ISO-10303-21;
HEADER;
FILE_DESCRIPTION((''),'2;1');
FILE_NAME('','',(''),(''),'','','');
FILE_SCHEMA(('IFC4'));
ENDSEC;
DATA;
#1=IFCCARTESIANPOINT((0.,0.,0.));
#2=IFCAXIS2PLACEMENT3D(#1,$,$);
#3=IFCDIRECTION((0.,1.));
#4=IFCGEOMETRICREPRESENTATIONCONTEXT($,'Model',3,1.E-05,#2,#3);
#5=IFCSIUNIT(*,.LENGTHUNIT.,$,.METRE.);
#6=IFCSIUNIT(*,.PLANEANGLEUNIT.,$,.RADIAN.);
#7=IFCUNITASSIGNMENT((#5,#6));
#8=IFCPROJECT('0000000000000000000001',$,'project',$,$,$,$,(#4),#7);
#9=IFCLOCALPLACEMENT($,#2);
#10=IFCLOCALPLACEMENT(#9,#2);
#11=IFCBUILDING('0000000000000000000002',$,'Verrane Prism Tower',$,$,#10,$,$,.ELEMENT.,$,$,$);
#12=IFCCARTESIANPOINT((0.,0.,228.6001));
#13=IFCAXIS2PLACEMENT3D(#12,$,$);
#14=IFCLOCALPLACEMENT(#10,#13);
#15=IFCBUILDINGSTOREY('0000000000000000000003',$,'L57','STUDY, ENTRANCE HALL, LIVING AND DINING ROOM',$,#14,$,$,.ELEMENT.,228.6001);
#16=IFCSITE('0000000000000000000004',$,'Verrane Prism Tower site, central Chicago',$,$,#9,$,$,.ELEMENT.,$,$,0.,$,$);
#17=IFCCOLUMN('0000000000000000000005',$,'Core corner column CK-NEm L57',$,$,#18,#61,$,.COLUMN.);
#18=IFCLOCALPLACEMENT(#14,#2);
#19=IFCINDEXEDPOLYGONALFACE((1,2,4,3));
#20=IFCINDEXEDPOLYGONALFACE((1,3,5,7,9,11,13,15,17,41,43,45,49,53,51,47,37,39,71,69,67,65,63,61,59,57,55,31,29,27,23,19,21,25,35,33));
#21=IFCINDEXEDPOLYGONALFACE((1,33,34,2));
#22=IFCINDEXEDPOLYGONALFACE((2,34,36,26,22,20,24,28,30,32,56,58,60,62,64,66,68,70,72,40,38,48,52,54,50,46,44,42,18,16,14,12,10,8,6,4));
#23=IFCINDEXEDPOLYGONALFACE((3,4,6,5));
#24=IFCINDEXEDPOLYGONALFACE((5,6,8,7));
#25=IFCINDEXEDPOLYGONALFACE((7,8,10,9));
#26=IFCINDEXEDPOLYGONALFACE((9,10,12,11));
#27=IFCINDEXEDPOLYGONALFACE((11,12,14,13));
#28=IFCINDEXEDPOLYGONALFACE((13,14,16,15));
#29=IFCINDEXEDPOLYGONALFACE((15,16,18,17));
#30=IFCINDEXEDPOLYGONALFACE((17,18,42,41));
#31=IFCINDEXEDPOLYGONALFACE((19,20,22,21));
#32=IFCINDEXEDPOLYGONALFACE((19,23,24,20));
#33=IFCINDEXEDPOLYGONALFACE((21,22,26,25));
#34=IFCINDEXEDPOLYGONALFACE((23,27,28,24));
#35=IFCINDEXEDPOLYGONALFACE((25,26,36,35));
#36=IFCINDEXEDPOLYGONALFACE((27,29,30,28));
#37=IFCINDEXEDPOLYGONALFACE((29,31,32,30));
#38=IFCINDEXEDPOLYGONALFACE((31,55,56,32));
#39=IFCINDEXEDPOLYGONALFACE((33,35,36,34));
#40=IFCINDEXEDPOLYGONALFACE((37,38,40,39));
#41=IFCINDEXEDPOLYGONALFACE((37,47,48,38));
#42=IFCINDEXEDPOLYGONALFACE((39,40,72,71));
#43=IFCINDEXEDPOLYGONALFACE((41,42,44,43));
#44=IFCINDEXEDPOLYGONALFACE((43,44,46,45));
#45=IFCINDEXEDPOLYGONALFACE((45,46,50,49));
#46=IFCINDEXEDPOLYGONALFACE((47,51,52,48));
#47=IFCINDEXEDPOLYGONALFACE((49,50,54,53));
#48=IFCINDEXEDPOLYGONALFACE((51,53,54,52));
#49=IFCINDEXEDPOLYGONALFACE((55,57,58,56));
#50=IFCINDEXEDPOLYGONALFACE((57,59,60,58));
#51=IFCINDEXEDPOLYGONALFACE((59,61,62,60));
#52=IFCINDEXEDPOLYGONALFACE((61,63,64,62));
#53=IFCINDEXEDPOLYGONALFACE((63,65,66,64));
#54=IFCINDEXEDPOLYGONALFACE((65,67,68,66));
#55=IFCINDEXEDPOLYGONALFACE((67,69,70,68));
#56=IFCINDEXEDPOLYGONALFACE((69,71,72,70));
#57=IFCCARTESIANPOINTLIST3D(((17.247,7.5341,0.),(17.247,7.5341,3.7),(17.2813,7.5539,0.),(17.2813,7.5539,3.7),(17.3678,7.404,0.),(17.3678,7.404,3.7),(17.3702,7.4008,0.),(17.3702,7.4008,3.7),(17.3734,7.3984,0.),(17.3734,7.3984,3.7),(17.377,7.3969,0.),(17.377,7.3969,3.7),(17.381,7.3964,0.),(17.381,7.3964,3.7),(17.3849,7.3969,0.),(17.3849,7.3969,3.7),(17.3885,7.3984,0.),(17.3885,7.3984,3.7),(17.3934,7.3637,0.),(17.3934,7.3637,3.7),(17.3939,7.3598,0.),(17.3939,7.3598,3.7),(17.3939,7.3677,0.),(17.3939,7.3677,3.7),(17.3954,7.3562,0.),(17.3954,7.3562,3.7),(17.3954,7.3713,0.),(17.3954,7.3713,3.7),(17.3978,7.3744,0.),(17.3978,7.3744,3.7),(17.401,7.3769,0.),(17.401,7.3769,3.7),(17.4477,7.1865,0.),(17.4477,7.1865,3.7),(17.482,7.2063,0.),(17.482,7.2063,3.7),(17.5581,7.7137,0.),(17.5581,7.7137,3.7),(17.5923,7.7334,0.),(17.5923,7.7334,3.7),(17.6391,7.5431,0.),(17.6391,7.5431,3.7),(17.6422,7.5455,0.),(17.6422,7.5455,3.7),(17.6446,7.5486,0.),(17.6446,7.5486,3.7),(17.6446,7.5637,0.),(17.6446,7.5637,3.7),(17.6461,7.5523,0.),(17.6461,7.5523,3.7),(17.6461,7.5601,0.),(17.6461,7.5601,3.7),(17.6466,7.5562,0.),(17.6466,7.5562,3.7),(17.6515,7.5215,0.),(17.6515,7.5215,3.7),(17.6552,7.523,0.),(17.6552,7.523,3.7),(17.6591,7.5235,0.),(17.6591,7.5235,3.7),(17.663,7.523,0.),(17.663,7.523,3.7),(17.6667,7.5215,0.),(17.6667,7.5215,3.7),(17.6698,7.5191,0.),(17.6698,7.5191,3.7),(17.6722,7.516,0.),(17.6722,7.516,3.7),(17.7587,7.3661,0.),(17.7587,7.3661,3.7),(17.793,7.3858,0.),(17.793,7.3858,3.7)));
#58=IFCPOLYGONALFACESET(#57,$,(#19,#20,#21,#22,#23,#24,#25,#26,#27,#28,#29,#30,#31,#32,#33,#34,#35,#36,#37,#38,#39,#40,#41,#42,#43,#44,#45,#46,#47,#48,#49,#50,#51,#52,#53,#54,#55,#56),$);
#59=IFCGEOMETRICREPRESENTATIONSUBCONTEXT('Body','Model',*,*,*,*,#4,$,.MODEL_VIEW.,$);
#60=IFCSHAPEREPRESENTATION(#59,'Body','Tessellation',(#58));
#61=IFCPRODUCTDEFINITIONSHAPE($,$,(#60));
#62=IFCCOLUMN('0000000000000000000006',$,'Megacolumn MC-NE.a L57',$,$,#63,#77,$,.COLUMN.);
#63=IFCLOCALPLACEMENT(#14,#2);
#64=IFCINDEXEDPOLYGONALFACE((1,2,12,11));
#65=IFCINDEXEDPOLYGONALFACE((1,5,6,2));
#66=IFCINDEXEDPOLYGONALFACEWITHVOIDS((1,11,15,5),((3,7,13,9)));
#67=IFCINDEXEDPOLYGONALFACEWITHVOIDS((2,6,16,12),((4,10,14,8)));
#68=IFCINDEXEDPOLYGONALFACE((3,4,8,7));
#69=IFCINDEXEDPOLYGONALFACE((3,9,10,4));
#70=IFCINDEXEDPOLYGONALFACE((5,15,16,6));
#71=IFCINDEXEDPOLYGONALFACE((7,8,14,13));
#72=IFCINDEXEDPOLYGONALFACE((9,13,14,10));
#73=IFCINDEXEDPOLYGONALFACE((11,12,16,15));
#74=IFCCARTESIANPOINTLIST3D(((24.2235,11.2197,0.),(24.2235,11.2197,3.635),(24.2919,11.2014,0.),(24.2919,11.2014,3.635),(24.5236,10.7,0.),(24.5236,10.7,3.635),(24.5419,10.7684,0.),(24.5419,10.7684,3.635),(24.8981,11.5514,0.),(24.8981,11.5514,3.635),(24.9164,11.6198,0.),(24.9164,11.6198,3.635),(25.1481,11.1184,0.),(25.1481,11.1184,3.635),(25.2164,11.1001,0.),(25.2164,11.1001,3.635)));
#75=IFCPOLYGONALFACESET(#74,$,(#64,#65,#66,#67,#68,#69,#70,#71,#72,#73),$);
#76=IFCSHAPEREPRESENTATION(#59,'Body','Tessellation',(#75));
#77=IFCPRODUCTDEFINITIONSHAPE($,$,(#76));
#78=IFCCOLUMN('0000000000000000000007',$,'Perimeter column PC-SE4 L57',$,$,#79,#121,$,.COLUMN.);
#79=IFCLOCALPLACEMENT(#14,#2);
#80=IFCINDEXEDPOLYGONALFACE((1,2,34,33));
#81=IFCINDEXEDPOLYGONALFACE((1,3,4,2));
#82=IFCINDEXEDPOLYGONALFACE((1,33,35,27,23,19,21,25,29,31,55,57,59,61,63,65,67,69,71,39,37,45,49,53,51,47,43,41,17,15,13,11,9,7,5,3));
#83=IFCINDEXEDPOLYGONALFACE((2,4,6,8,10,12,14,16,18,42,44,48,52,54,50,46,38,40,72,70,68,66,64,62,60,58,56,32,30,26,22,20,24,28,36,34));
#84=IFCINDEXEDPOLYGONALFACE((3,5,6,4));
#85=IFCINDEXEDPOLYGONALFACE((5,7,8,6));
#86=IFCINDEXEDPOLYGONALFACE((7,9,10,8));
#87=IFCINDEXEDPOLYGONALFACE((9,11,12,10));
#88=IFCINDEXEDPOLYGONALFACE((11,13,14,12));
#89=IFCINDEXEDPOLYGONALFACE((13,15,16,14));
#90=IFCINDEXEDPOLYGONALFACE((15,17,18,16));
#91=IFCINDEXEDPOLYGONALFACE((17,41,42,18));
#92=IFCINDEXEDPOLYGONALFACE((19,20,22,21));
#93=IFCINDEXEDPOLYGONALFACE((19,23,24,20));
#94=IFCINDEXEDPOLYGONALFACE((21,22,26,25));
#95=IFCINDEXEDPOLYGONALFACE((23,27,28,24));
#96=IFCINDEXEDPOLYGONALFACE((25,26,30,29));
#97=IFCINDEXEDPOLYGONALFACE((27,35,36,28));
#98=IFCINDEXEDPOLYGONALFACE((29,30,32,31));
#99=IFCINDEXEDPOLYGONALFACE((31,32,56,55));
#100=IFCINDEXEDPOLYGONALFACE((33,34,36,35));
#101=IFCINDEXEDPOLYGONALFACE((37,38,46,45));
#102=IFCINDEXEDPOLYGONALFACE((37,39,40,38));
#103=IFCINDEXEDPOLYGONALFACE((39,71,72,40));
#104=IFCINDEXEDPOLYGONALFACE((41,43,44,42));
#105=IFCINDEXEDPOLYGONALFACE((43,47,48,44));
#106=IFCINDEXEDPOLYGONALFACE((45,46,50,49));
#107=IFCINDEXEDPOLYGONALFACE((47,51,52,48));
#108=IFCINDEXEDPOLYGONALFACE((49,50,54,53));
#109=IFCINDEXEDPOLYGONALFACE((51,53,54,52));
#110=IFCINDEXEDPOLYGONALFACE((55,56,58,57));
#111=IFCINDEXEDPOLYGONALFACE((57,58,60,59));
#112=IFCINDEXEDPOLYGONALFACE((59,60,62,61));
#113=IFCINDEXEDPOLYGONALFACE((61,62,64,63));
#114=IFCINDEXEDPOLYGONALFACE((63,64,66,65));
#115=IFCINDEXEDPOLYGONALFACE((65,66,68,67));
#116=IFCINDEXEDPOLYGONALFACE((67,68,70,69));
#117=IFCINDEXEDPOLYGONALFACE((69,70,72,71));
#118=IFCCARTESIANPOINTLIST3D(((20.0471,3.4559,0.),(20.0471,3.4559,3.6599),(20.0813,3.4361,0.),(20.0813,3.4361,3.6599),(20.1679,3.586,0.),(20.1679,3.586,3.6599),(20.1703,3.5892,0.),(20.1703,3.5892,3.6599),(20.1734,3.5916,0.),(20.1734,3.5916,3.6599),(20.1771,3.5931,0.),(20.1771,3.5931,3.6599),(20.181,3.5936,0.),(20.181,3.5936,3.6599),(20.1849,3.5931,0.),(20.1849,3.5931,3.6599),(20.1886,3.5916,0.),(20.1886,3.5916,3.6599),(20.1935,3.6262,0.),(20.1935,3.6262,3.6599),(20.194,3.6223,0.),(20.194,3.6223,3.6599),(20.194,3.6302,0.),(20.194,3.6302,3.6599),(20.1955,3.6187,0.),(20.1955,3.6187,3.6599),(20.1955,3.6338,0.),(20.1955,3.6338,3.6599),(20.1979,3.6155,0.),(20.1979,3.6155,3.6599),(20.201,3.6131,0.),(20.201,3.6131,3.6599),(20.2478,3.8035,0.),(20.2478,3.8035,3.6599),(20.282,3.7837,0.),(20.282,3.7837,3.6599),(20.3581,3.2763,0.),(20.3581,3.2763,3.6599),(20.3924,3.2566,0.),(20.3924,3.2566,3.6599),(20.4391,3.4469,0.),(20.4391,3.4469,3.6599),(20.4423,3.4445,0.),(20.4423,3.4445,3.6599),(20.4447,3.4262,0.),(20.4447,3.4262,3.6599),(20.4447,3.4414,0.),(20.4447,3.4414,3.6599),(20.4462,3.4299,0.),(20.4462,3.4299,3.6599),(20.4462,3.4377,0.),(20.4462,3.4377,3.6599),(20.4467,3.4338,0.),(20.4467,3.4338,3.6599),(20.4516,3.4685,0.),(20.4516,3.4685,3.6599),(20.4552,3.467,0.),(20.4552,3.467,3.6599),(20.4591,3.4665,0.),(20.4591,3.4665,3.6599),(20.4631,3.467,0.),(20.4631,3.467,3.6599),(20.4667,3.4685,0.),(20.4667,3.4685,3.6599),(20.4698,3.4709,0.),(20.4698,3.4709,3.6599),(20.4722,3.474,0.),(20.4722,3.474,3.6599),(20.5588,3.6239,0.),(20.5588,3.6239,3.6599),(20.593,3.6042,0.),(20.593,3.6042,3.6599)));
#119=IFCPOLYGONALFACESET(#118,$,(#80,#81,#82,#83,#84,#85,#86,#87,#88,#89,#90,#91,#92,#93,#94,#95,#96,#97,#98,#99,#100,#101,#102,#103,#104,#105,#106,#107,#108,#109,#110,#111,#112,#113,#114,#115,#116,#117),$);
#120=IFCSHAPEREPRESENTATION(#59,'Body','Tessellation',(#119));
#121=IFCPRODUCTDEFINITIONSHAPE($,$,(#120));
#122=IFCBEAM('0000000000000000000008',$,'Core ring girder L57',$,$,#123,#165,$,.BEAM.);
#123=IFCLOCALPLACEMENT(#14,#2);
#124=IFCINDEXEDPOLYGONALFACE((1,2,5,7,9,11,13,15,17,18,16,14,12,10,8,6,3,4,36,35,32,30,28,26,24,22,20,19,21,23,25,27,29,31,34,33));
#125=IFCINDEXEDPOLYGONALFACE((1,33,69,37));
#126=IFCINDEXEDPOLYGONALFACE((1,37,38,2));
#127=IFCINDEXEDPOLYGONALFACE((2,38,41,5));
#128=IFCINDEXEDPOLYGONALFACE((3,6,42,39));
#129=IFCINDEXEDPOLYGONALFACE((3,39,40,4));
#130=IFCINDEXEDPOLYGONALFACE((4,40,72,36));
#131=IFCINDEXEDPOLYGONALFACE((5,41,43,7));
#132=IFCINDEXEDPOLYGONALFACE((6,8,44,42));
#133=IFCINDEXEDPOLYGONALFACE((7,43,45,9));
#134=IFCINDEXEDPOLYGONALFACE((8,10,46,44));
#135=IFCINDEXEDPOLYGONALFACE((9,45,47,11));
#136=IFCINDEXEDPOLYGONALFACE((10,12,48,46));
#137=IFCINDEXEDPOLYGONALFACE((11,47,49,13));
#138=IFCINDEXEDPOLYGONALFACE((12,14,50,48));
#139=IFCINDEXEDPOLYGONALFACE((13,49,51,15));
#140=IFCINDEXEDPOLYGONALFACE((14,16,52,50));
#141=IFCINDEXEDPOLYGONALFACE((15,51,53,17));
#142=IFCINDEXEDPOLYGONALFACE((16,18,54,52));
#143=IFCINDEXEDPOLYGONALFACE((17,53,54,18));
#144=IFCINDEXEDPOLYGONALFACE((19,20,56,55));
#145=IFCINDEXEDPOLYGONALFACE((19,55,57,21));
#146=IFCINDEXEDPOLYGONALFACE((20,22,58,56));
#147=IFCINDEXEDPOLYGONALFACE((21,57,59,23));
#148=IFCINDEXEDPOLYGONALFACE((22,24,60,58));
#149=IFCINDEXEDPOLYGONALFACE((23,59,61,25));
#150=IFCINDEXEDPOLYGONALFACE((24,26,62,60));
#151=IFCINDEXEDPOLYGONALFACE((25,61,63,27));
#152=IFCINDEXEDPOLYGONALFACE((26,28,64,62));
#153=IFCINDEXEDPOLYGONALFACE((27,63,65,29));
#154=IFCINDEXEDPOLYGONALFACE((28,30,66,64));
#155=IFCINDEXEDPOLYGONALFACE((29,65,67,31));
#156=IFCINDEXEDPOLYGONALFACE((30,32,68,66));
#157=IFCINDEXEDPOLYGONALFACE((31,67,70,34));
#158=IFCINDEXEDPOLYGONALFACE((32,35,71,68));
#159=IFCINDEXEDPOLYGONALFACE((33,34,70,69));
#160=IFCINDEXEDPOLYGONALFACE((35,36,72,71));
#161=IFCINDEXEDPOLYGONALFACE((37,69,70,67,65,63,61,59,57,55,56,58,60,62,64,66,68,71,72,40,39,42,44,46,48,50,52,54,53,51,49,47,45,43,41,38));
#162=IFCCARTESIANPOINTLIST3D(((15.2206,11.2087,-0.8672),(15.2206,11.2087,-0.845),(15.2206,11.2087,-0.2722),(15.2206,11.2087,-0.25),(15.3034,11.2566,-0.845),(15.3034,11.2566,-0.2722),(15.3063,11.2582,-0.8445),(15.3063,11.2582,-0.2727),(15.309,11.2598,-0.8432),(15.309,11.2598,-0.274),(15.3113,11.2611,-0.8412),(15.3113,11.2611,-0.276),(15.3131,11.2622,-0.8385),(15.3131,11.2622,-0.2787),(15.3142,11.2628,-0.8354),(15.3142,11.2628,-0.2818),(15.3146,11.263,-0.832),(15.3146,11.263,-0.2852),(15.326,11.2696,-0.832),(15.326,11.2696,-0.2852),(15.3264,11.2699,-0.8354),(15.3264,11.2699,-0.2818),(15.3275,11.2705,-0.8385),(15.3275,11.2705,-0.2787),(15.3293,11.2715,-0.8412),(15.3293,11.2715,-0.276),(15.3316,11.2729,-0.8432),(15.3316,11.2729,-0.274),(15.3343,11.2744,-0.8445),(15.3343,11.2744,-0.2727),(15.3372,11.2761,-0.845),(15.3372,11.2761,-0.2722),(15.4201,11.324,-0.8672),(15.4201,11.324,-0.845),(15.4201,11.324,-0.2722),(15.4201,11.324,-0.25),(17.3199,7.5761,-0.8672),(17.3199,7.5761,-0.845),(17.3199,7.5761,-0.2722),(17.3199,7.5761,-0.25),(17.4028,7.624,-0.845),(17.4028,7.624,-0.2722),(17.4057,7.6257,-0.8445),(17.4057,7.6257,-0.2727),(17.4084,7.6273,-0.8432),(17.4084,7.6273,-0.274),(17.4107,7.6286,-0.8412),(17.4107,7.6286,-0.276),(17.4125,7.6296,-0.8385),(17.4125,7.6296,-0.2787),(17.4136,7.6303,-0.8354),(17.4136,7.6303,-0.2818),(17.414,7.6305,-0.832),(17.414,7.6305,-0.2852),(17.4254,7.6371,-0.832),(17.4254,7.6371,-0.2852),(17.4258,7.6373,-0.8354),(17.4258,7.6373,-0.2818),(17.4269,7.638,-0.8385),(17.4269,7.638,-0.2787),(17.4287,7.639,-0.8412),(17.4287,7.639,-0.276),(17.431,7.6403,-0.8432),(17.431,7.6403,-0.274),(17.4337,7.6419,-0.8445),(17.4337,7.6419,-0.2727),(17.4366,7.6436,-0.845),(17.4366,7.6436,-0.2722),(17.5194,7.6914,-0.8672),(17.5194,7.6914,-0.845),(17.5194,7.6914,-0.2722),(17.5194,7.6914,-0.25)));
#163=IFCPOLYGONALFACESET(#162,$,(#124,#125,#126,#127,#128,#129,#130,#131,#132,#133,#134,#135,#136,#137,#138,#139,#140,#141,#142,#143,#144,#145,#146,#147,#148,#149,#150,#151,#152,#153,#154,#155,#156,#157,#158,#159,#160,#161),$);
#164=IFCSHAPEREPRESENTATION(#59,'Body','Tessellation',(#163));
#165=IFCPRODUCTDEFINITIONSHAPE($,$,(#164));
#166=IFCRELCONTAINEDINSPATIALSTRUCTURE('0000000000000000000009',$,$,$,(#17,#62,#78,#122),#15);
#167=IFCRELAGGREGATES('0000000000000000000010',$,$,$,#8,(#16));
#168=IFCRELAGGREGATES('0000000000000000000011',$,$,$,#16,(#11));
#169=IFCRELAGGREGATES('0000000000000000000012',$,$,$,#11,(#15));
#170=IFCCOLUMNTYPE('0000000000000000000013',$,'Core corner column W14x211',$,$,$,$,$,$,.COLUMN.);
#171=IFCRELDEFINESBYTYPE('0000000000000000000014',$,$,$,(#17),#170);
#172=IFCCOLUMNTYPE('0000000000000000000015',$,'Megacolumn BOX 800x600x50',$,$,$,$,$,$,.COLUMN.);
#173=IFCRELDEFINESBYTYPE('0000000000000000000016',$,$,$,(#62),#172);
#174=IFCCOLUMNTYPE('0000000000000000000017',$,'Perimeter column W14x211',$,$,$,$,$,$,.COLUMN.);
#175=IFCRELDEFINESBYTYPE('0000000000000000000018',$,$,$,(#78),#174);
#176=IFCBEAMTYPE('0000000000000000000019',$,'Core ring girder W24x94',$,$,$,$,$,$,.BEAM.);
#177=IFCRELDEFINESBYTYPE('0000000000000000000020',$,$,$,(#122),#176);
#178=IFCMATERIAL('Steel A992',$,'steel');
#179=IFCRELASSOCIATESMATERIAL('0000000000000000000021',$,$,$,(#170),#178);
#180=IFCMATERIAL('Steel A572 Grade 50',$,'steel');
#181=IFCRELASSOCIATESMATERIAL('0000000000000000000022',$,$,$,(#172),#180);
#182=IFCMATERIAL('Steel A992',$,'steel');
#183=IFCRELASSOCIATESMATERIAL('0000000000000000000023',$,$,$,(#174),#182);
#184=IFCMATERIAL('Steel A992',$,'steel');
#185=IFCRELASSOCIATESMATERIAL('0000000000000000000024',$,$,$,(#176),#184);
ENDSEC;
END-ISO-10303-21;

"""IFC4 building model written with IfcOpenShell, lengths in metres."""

from ifc_helpers import new_model, si_unit, direction, frame, origin, origin_2d, place, context, subcontext, project, spatial, hollow_rectangle, i_section, extrude, material, material_profile, profile_set, type_object, element, save


model = new_model("IFC4")

# Units and contexts
model_context = context("Model", 3, precision=1e-05, world=origin(), true_north=direction((0.0, 1.0)))
body_context = subcontext(model_context, "Body", "Model", "MODEL_VIEW")
ifc_project = project(units=[si_unit("LENGTHUNIT", "METRE"), si_unit("PLANEANGLEUNIT", "RADIAN")], contexts=[model_context])

# Site, building, storey
site_placement = place(None, origin())
site = spatial("IfcSite", under=ifc_project, at=site_placement, Name="Verrane Prism Tower site, central Chicago", CompositionType="ELEMENT", RefElevation=0.0)
building_placement = place(site_placement, origin())
building = spatial("IfcBuilding", under=site, at=building_placement, Name="Verrane Prism Tower", CompositionType="ELEMENT")
storey_placement = place(building_placement, frame((0.0, 0.0, 228.6001)))
storey = spatial("IfcBuildingStorey", under=building, at=storey_placement, Name="L57", Description="STUDY, ENTRANCE HALL, LIVING AND DINING ROOM", CompositionType="ELEMENT", Elevation=228.6001)

# Columns
ifc_material_1 = material(Name="Steel A992", Category="steel")
ifc_material_profile_1 = material_profile(ifc_material_1, i_section(OverallWidth=0.4014, OverallDepth=0.3987, WebThickness=0.0249, FlangeThickness=0.0396, FilletRadius=0.0151, at=origin_2d()), Name="W14x211")
ifc_profile_set_1 = profile_set([ifc_material_profile_1], Name="Steel A992")
column_type_1 = type_object("IfcColumnType", Name="Core corner column W14x211", PredefinedType="COLUMN", material=ifc_profile_set_1)
column_1_placement = place(storey_placement, frame((17.52, 7.46, 0.0), z_axis=(0.0, 0.0, 1.0), x_axis=(0.5, -0.866025, 0.0)))
element("IfcColumn", 1, at=column_1_placement, inside=storey, type_object=column_type_1, Name="Core corner column CK-NEm L57", PredefinedType="COLUMN", context=body_context, shape_type="SweptSolid", body=[
    extrude(i_section(OverallWidth=0.4014, OverallDepth=0.3987, WebThickness=0.0249, FlangeThickness=0.0396, FilletRadius=0.0151, at=origin_2d()), origin(), (0.0, 0.0, 1.0), 3.7),
])
ifc_material_2 = material(Name="Steel A572 Grade 50", Category="steel")
ifc_material_profile_2 = material_profile(ifc_material_2, hollow_rectangle(XDim=0.6001, YDim=0.8, WallThickness=0.05, at=origin_2d()), Name="BOX 800x600x50")
ifc_profile_set_2 = profile_set([ifc_material_profile_2], Name="Steel A572 Grade 50")
column_type_2 = type_object("IfcColumnType", Name="Megacolumn BOX 800x600x50", PredefinedType="COLUMN", material=ifc_profile_set_2)
column_2_placement = place(storey_placement, frame((24.72, 11.1599, 0.0), z_axis=(0.0, 0.0, 1.0), x_axis=(0.5, -0.866025, 0.0)))
element("IfcColumn", 2, at=column_2_placement, inside=storey, type_object=column_type_2, Name="Megacolumn MC-NE.a L57", PredefinedType="COLUMN", context=body_context, shape_type="SweptSolid", body=[
    extrude(hollow_rectangle(XDim=0.6001, YDim=0.8, WallThickness=0.05, at=origin_2d()), origin(), (0.0, 0.0, 1.0), 3.635),
])
ifc_material_3 = material(Name="Steel A992", Category="steel")
ifc_material_profile_3 = material_profile(ifc_material_3, i_section(OverallWidth=0.4014, OverallDepth=0.3987, WebThickness=0.0249, FlangeThickness=0.0396, FilletRadius=0.0151, at=origin_2d()), Name="W14x211")
ifc_profile_set_3 = profile_set([ifc_material_profile_3], Name="Steel A992")
column_type_3 = type_object("IfcColumnType", Name="Perimeter column W14x211", PredefinedType="COLUMN", material=ifc_profile_set_3)
column_3_placement = place(storey_placement, frame((20.3201, 3.53, 0.0), z_axis=(0.0, 0.0, 1.0), x_axis=(-0.5, -0.866025, 0.0)))
element("IfcColumn", 3, at=column_3_placement, inside=storey, type_object=column_type_3, Name="Perimeter column PC-SE4 L57", PredefinedType="COLUMN", context=body_context, shape_type="SweptSolid", body=[
    extrude(i_section(OverallWidth=0.4014, OverallDepth=0.3987, WebThickness=0.0249, FlangeThickness=0.0396, FilletRadius=0.0151, at=origin_2d()), origin(), (0.0, 0.0, 1.0), 3.6599),
])

# Beam
ifc_material_4 = material(Name="Steel A992", Category="steel")
ifc_material_profile_4 = material_profile(ifc_material_4, i_section(OverallWidth=0.2305, OverallDepth=0.6172, WebThickness=0.0132, FlangeThickness=0.0222, FilletRadius=0.0129, at=origin_2d()), Name="W24x94")
ifc_profile_set_4 = profile_set([ifc_material_profile_4], Name="Steel A992")
beam_type_1 = type_object("IfcBeamType", Name="Core ring girder W24x94", PredefinedType="BEAM", material=ifc_profile_set_4)
beam_1_placement = place(storey_placement, frame((17.4197, 7.6338, -0.5586), z_axis=(-0.500376, 0.865808, 0.0), x_axis=(-0.865808, -0.500376, 0.0)))
element("IfcBeam", 4, at=beam_1_placement, inside=storey, type_object=beam_type_1, Name="Core ring girder L57", PredefinedType="BEAM", context=body_context, shape_type="SweptSolid", body=[
    extrude(i_section(OverallWidth=0.2305, OverallDepth=0.6172, WebThickness=0.0132, FlangeThickness=0.0222, FilletRadius=0.0129, at=origin_2d()), origin(), (0.0, 0.0, 1.0), 4.1956),
])

save(model, "model.ifc")
